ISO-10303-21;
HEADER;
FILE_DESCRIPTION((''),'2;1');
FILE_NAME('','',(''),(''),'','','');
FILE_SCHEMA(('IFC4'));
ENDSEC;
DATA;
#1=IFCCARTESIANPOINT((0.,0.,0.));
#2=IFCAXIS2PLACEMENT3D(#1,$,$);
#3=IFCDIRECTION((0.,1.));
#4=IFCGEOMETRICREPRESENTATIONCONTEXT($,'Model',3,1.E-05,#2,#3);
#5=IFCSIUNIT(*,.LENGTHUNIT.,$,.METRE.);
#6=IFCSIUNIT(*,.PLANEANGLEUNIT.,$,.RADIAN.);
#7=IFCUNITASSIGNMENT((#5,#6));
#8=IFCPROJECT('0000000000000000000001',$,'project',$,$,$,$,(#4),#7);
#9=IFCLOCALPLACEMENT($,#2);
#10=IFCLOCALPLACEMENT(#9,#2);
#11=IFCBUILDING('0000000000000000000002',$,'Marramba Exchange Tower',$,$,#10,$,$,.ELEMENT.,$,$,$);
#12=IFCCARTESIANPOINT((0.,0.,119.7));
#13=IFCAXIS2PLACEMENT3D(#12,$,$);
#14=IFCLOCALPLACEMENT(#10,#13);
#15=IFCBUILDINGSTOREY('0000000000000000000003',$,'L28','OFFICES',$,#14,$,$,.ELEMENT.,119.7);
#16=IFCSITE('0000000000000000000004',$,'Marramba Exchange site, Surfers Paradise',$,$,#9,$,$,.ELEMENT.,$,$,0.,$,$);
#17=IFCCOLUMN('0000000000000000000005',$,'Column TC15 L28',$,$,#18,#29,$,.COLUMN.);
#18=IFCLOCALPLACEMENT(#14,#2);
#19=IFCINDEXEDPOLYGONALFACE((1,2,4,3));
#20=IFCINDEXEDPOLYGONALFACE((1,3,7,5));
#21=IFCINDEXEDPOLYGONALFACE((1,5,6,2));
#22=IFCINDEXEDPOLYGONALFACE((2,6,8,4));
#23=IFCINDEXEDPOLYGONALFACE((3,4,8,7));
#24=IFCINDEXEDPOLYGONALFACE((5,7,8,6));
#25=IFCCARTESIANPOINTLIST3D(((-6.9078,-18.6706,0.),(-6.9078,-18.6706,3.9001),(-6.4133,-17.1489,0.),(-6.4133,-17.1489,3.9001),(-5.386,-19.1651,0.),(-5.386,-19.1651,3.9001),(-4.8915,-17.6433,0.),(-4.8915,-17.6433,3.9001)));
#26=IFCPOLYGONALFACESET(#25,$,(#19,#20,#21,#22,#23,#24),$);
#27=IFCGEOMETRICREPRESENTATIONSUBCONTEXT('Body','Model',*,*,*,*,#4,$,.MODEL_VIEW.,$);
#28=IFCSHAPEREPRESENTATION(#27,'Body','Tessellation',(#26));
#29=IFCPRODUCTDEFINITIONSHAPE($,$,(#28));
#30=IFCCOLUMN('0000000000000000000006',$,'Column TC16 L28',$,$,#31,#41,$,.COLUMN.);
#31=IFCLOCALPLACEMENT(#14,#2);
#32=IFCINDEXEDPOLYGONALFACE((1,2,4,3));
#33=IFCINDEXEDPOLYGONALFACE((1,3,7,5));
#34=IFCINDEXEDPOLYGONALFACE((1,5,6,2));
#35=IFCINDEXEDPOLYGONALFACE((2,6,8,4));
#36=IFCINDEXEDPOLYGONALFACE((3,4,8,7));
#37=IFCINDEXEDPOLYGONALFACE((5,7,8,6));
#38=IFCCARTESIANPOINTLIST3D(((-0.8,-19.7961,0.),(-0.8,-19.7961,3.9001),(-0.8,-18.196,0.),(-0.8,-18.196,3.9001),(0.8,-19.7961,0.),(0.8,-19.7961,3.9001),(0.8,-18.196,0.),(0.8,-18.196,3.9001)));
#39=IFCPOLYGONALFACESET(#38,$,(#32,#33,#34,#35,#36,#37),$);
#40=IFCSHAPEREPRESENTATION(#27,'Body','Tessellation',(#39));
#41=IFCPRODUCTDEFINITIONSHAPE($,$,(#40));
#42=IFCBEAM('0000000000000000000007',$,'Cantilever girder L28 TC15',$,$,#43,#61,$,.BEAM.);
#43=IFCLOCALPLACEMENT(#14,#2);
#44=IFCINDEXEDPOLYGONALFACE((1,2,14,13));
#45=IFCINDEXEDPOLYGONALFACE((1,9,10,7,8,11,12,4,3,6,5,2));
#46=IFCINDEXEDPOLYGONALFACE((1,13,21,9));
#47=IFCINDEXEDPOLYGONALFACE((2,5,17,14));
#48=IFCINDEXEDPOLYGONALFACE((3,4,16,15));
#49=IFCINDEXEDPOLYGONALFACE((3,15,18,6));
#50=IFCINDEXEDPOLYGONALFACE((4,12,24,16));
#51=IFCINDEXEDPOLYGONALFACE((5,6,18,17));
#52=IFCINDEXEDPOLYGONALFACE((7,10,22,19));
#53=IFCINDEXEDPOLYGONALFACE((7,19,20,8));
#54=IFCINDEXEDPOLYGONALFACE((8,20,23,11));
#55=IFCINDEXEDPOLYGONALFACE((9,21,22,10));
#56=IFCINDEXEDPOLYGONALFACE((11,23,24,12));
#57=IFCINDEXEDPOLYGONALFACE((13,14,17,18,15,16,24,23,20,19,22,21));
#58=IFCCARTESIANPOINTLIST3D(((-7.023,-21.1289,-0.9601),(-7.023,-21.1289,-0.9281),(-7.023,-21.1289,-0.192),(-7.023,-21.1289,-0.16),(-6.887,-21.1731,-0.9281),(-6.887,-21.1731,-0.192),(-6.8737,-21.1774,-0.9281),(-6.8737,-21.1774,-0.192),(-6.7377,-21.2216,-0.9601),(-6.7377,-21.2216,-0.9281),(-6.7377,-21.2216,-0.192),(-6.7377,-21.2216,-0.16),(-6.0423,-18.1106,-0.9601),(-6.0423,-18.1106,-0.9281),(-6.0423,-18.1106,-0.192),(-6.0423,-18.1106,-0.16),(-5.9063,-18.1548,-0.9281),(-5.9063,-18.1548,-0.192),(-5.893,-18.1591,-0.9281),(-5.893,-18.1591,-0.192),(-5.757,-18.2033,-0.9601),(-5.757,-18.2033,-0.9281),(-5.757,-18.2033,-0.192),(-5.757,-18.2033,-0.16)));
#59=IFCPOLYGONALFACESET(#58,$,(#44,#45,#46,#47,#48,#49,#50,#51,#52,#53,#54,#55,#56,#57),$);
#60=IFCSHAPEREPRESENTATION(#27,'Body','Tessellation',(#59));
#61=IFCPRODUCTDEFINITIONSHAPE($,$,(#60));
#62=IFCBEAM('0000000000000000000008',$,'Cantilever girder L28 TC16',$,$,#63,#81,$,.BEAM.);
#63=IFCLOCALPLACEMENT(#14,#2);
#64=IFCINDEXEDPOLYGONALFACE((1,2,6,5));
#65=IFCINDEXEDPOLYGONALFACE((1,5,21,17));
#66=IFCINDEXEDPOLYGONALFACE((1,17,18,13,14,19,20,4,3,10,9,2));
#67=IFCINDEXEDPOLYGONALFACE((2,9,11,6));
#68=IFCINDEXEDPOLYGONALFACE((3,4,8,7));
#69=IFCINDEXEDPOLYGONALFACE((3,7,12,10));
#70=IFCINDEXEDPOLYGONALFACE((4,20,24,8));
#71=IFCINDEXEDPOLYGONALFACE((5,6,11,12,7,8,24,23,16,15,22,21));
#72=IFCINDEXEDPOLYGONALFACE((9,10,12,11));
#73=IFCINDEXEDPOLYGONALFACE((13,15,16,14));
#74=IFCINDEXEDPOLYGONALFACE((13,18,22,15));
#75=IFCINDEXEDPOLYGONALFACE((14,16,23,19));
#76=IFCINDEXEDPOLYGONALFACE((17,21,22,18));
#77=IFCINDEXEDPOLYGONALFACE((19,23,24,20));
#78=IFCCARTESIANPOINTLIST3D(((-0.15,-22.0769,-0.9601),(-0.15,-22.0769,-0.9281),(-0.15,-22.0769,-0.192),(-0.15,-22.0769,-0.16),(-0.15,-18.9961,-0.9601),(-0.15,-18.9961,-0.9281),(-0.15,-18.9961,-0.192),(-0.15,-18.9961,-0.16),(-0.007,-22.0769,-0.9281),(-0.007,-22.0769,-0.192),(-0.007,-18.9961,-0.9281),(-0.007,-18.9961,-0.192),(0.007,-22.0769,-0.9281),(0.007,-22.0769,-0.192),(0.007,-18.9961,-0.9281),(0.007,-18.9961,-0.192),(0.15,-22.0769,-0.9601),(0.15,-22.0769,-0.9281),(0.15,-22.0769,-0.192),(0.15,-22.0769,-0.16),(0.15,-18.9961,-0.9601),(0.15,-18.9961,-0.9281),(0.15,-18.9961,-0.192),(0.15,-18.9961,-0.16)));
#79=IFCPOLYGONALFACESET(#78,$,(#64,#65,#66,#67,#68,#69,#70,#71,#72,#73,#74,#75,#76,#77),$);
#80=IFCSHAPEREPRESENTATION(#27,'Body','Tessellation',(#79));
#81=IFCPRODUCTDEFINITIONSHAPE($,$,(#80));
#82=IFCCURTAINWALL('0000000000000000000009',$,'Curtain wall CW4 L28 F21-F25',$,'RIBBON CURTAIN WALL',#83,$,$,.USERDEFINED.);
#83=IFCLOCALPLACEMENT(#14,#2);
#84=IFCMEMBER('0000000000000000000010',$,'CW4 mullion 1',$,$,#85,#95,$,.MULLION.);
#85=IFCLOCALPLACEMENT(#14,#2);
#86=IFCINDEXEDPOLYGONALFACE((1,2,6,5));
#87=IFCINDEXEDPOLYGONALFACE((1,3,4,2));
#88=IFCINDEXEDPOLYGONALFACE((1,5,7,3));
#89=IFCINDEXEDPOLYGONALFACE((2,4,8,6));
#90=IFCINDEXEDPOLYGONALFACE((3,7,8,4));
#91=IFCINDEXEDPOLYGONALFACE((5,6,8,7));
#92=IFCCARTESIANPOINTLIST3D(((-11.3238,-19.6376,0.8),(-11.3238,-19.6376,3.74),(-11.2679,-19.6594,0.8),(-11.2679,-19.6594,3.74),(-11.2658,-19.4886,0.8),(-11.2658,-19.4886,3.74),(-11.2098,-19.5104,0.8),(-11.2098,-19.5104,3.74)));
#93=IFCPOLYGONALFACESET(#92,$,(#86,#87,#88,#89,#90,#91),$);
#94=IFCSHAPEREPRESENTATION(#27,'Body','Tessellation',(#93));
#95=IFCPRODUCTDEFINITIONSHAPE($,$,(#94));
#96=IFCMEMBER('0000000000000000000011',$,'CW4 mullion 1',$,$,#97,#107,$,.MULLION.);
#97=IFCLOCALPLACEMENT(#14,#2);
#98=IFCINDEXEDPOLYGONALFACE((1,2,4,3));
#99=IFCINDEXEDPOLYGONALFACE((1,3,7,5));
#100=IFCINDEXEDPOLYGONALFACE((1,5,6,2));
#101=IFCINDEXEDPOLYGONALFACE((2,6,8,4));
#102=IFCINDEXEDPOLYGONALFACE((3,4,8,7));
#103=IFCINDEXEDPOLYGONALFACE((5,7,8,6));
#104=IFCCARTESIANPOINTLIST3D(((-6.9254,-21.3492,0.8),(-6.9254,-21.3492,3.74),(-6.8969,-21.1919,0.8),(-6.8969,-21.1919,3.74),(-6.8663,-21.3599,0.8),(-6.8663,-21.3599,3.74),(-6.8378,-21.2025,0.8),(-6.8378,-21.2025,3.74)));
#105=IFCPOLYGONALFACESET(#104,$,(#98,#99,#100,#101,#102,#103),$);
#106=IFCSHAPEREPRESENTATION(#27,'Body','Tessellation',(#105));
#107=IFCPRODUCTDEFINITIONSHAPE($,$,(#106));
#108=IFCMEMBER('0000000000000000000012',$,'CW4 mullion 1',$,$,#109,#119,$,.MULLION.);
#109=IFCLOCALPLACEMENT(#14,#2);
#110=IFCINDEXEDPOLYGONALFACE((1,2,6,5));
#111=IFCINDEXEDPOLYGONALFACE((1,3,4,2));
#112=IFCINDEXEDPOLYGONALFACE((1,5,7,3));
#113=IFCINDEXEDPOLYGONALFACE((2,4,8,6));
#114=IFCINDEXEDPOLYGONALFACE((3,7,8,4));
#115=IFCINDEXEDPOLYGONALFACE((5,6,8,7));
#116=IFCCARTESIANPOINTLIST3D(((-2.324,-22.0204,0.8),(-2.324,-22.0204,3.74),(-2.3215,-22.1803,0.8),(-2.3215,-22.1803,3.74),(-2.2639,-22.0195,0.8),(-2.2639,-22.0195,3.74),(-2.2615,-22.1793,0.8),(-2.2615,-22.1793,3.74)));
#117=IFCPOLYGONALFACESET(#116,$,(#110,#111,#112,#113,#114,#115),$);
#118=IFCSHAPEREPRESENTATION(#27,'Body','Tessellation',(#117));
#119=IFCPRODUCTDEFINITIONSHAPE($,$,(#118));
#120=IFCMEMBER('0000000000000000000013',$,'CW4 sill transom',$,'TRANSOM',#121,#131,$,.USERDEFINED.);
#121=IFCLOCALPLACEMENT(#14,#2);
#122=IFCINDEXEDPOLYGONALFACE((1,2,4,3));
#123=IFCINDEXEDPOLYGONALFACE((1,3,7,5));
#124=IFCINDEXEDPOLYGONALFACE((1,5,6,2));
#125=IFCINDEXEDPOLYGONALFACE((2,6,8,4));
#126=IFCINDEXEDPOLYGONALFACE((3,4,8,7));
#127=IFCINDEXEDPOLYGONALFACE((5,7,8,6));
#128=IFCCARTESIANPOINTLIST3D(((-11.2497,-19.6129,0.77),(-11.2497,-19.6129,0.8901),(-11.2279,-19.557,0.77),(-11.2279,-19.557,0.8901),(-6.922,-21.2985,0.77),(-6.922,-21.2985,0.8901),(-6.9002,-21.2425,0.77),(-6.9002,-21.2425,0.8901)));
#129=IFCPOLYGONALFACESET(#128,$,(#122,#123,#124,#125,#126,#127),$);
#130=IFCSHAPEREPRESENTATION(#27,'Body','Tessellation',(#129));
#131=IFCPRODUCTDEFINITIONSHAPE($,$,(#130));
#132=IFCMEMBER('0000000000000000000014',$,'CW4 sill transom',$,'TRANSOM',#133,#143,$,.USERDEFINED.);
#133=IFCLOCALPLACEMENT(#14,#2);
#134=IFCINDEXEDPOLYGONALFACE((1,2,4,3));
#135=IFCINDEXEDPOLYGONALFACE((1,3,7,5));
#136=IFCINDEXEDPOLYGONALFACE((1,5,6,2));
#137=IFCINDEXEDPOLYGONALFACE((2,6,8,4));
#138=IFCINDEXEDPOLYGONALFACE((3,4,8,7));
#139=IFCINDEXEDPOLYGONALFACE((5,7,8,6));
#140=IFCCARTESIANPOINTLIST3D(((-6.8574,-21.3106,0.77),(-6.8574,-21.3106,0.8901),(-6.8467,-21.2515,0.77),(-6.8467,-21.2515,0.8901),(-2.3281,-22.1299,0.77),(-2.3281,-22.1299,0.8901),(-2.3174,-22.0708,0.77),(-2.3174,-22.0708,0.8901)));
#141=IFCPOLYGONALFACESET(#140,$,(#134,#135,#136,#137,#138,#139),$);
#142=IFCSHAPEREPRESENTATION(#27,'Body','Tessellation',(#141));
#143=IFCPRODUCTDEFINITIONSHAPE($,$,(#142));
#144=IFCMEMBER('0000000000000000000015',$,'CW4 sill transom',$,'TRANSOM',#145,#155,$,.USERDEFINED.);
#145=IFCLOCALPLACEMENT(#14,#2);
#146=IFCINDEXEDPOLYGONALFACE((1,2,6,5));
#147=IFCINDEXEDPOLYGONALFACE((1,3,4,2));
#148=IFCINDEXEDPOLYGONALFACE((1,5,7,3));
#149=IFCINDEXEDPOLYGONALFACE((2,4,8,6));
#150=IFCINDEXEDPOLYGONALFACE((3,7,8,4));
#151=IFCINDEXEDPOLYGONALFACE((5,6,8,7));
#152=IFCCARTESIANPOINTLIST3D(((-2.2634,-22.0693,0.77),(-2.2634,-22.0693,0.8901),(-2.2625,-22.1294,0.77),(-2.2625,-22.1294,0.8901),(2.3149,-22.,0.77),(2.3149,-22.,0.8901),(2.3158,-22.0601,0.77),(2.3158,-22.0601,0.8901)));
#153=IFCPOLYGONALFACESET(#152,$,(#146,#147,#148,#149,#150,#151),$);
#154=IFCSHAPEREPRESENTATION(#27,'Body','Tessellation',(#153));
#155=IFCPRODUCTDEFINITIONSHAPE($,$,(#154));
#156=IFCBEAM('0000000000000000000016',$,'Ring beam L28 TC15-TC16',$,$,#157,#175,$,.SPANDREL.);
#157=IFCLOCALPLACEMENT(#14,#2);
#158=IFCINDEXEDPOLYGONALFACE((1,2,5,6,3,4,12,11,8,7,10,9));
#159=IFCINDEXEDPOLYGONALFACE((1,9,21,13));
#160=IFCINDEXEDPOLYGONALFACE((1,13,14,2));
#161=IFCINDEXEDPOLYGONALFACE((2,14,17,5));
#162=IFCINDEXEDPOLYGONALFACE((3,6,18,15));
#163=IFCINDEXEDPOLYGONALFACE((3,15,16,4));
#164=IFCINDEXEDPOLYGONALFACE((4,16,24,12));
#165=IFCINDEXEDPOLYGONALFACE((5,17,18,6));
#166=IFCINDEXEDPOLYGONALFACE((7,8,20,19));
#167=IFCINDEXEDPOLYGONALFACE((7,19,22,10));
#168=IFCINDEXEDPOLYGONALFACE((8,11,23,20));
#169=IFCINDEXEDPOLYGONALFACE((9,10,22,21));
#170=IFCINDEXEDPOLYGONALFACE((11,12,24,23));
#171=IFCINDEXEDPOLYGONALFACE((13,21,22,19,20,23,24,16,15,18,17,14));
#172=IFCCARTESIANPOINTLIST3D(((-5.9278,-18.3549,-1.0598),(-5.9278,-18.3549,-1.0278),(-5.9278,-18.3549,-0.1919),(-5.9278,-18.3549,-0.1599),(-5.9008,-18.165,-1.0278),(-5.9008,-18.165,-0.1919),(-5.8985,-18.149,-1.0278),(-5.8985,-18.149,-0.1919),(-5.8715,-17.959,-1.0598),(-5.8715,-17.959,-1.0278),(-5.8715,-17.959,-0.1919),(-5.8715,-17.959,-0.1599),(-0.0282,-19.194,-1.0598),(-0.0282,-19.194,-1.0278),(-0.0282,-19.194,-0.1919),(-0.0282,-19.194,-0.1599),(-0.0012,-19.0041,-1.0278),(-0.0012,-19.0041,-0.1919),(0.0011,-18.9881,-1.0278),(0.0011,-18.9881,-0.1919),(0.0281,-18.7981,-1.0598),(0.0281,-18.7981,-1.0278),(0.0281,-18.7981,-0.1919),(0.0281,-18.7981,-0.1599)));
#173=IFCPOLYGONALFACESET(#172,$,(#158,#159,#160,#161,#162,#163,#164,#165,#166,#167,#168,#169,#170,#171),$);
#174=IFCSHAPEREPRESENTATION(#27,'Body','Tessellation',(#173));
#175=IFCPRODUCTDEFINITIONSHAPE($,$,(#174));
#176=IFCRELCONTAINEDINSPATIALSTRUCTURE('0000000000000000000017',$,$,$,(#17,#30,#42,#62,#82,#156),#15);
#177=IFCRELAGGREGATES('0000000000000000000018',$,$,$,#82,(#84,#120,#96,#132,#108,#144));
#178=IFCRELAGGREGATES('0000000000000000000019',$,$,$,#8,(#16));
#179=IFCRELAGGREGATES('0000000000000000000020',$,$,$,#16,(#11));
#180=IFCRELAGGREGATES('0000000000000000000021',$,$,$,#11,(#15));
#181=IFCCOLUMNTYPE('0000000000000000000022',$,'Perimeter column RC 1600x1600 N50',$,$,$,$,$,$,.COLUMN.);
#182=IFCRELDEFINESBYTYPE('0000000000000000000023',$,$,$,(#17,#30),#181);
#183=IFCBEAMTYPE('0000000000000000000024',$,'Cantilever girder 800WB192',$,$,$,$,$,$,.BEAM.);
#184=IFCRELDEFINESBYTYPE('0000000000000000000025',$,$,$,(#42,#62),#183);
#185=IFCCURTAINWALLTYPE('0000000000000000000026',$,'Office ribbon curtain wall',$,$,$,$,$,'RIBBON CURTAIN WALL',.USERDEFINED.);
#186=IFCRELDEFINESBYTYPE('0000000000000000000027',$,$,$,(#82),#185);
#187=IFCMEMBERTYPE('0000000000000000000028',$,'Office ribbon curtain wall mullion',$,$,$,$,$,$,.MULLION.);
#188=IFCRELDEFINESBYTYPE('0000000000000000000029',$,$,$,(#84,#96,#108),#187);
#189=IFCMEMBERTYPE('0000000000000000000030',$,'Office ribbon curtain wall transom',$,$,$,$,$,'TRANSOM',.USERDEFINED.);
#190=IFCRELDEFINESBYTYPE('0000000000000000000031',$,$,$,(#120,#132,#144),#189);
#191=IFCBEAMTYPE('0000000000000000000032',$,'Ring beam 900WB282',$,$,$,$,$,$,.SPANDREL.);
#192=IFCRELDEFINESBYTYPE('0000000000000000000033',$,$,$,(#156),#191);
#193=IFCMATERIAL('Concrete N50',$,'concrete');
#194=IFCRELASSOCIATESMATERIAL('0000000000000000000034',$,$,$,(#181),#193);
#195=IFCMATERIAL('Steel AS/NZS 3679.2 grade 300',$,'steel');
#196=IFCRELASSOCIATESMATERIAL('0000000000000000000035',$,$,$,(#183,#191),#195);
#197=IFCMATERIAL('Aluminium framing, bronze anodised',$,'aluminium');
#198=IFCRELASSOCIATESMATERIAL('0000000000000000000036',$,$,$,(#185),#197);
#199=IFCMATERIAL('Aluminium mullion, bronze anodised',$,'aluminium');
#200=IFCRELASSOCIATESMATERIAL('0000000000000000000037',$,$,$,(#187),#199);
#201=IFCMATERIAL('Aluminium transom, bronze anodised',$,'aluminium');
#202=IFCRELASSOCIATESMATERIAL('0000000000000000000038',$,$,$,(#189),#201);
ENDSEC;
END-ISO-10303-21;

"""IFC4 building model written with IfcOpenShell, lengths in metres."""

from ifc_helpers import new_model, si_unit, direction, frame, origin, origin_2d, place, context, subcontext, project, spatial, rectangle, i_section, extrude, material, material_profile, profile_set, type_object, element, aggregate, save


model = new_model("IFC4")

# Units and contexts
model_context = context("Model", 3, precision=1e-05, world=origin(), true_north=direction((0.0, 1.0)))
body_context = subcontext(model_context, "Body", "Model", "MODEL_VIEW")
ifc_project = project(units=[si_unit("LENGTHUNIT", "METRE"), si_unit("PLANEANGLEUNIT", "RADIAN")], contexts=[model_context])

# Site, building, storey
site_placement = place(None, origin())
site = spatial("IfcSite", under=ifc_project, at=site_placement, Name="Marramba Exchange site, Surfers Paradise", CompositionType="ELEMENT", RefElevation=0.0)
building_placement = place(site_placement, origin())
building = spatial("IfcBuilding", under=site, at=building_placement, Name="Marramba Exchange Tower", CompositionType="ELEMENT")
storey_placement = place(building_placement, frame((0.0, 0.0, 119.7)))
storey = spatial("IfcBuildingStorey", under=building, at=storey_placement, Name="L28", Description="OFFICES", CompositionType="ELEMENT", Elevation=119.7)

# Columns
ifc_material_1 = material(Name="Concrete N50", Category="concrete")
ifc_material_profile_1 = material_profile(ifc_material_1, rectangle(XDim=1.6001, YDim=1.6001, at=origin_2d()), Name="RC 1600x1600")
ifc_profile_set_1 = profile_set([ifc_material_profile_1], Name="Concrete N50")
column_type = type_object("IfcColumnType", Name="Perimeter column RC 1600x1600 N50", PredefinedType="COLUMN", material=ifc_profile_set_1)
for number, where, z_axis, x_axis, name in (
    (1, (-5.8997, -18.157, 0.0), (0.0, 0.0, 1.0), (-0.309017, -0.951057, 0.0), "Column TC15 L28"),
    (2, (0.0, -18.9961, 0.0), (0.0, 0.0, 1.0), (0.0, -1.0, 0.0), "Column TC16 L28"),
):
    element("IfcColumn", number, at=place(storey_placement, frame(where, z_axis=z_axis, x_axis=x_axis)), inside=storey, type_object=column_type, Name=name, PredefinedType="COLUMN", context=body_context, shape_type="SweptSolid", body=[
        extrude(rectangle(XDim=1.6001, YDim=1.6001, at=origin_2d()), origin(), (0.0, 0.0, 1.0), 3.9001),
    ])

# Beams
ifc_material_2 = material(Name="Steel AS/NZS 3679.2 grade 300", Category="steel")
ifc_material_profile_2 = material_profile(ifc_material_2, i_section(OverallWidth=0.3, OverallDepth=0.8, WebThickness=0.0139, FlangeThickness=0.032, at=origin_2d()), Name="800WB192")
ifc_profile_set_2 = profile_set([ifc_material_profile_2], Name="Steel AS/NZS 3679.2 grade 300")
beam_type_1 = type_object("IfcBeamType", Name="Cantilever girder 800WB192", PredefinedType="BEAM", material=ifc_profile_set_2)
beam_1_placement = place(storey_placement, frame((-5.8997, -18.157, -0.5601), z_axis=(-0.309018, -0.951056, 0.0), x_axis=(0.951056, -0.309018, 0.0)))
element("IfcBeam", 3, at=beam_1_placement, inside=storey, type_object=beam_type_1, Name="Cantilever girder L28 TC15", PredefinedType="BEAM", context=body_context, shape_type="SweptSolid", body=[
    extrude(i_section(OverallWidth=0.3, OverallDepth=0.8, WebThickness=0.0139, FlangeThickness=0.032, at=origin_2d()), origin(), (0.0, 0.0, 1.0), 3.1736),
])
beam_2_placement = place(storey_placement, frame((0.0, -18.9961, -0.5601), z_axis=(0.0, -1.0, 0.0), x_axis=(1.0, 0.0, 0.0)))
element("IfcBeam", 4, at=beam_2_placement, inside=storey, type_object=beam_type_1, Name="Cantilever girder L28 TC16", PredefinedType="BEAM", context=body_context, shape_type="SweptSolid", body=[
    extrude(i_section(OverallWidth=0.3, OverallDepth=0.8, WebThickness=0.0139, FlangeThickness=0.032, at=origin_2d()), origin(), (0.0, 0.0, 1.0), 3.0808),
])

# Curtain wall, members
ifc_material_3 = material(Name="Aluminium framing, bronze anodised", Category="aluminium")
curtain_wall_type = type_object("IfcCurtainWallType", Name="Office ribbon curtain wall", ElementType="RIBBON CURTAIN WALL", PredefinedType="USERDEFINED", material=ifc_material_3)
curtain_wall_1_placement = place(storey_placement, origin())
curtain_wall_1 = element("IfcCurtainWall", 5, at=curtain_wall_1_placement, inside=storey, type_object=curtain_wall_type, Name="Curtain wall CW4 L28 F21-F25", ObjectType="RIBBON CURTAIN WALL", PredefinedType="USERDEFINED")
ifc_material_4 = material(Name="Aluminium mullion, bronze anodised", Category="aluminium")
ifc_material_profile_3 = material_profile(ifc_material_4, rectangle(XDim=0.1599, YDim=0.0601, at=origin_2d()), Name="CW4 mullion 60x160")
ifc_profile_set_3 = profile_set([ifc_material_profile_3], Name="Aluminium mullion, bronze anodised")
member_type_1 = type_object("IfcMemberType", Name="Office ribbon curtain wall mullion", PredefinedType="MULLION", material=ifc_profile_set_3)
member_1_placement = place(storey_placement, frame((-11.2668, -19.574, 0.8), z_axis=(0.0, 0.0, 1.0), x_axis=(0.362925, 0.931818, 0.0)))
member_1 = element("IfcMember", 6, at=member_1_placement, type_object=member_type_1, Name="CW4 mullion 1", PredefinedType="MULLION", context=body_context, shape_type="SweptSolid", body=[
    extrude(rectangle(XDim=0.1599, YDim=0.0601, at=origin_2d()), origin(), (0.0, 0.0, 1.0), 2.9399),
])
member_2_placement = place(storey_placement, frame((-6.8816, -21.2759, 0.8), z_axis=(0.0, 0.0, 1.0), x_axis=(0.177992, 0.984032, 0.0)))
member_2 = element("IfcMember", 7, at=member_2_placement, type_object=member_type_1, Name="CW4 mullion 1", PredefinedType="MULLION", context=body_context, shape_type="SweptSolid", body=[
    extrude(rectangle(XDim=0.1599, YDim=0.0601, at=origin_2d()), origin(), (0.0, 0.0, 1.0), 2.9399),
])
member_3_placement = place(storey_placement, frame((-2.2927, -22.0999, 0.8), z_axis=(0.0, 0.0, 1.0), x_axis=(-0.015179, 0.999885, 0.0)))
member_3 = element("IfcMember", 8, at=member_3_placement, type_object=member_type_1, Name="CW4 mullion 1", PredefinedType="MULLION", context=body_context, shape_type="SweptSolid", body=[
    extrude(rectangle(XDim=0.1599, YDim=0.0601, at=origin_2d()), origin(), (0.0, 0.0, 1.0), 2.9399),
])
ifc_material_5 = material(Name="Aluminium transom, bronze anodised", Category="aluminium")
ifc_material_profile_4 = material_profile(ifc_material_5, rectangle(XDim=0.0601, YDim=0.1201, at=origin_2d()), Name="CW4 transom 60x120")
ifc_profile_set_4 = profile_set([ifc_material_profile_4], Name="Aluminium transom, bronze anodised")
member_type_2 = type_object("IfcMemberType", Name="Office ribbon curtain wall transom", ElementType="TRANSOM", PredefinedType="USERDEFINED", material=ifc_profile_set_4)
member_4_placement = place(storey_placement, frame((-11.2388, -19.585, 0.8301), z_axis=(0.931817, -0.362928, 0.0), x_axis=(0.362928, 0.931817, 0.0)))
member_4 = element("IfcMember", 9, at=member_4_placement, type_object=member_type_2, Name="CW4 sill transom", ObjectType="TRANSOM", PredefinedType="USERDEFINED", context=body_context, shape_type="SweptSolid", body=[
    extrude(rectangle(XDim=0.0601, YDim=0.1201, at=origin_2d()), origin(), (0.0, 0.0, 1.0), 4.6443),
])
member_5_placement = place(storey_placement, frame((-6.8521, -21.281, 0.8301), z_axis=(0.984029, -0.178008, 0.0), x_axis=(0.178008, 0.984029, 0.0)))
member_5 = element("IfcMember", 10, at=member_5_placement, type_object=member_type_2, Name="CW4 sill transom", ObjectType="TRANSOM", PredefinedType="USERDEFINED", context=body_context, shape_type="SweptSolid", body=[
    extrude(rectangle(XDim=0.0601, YDim=0.1201, at=origin_2d()), origin(), (0.0, 0.0, 1.0), 4.6028),
])
member_6_placement = place(storey_placement, frame((-2.2629, -22.0994, 0.8301), z_axis=(0.999885, 0.015143, 0.0), x_axis=(-0.015143, 0.999885, 0.0)))
member_6 = element("IfcMember", 11, at=member_6_placement, type_object=member_type_2, Name="CW4 sill transom", ObjectType="TRANSOM", PredefinedType="USERDEFINED", context=body_context, shape_type="SweptSolid", body=[
    extrude(rectangle(XDim=0.0601, YDim=0.1201, at=origin_2d()), origin(), (0.0, 0.0, 1.0), 4.5789),
])

# Beam
ifc_material_profile_5 = material_profile(ifc_material_2, i_section(OverallWidth=0.3999, OverallDepth=0.8999, WebThickness=0.0161, FlangeThickness=0.032, at=origin_2d()), Name="900WB282")
ifc_profile_set_5 = profile_set([ifc_material_profile_5], Name="Steel AS/NZS 3679.2 grade 300")
beam_type_2 = type_object("IfcBeamType", Name="Ring beam 900WB282", PredefinedType="SPANDREL", material=ifc_profile_set_5)
for number, where, z_axis, x_axis, name in (
    (12, (-5.8997, -18.157, -0.6099), (0.990036, -0.140813, 0.0), (0.140813, 0.990036, 0.0), "Ring beam L28 TC15-TC16"),
):
    element("IfcBeam", number, at=place(storey_placement, frame(where, z_axis=z_axis, x_axis=x_axis)), inside=storey, type_object=beam_type_2, Name=name, PredefinedType="SPANDREL", context=body_context, shape_type="SweptSolid", body=[
        extrude(i_section(OverallWidth=0.3999, OverallDepth=0.8999, WebThickness=0.0161, FlangeThickness=0.032, at=origin_2d()), origin(), (0.0, 0.0, 1.0), 5.959),
    ])

aggregate(curtain_wall_1, [member_1, member_4, member_2, member_5, member_3, member_6])

save(model, "model.ifc")
